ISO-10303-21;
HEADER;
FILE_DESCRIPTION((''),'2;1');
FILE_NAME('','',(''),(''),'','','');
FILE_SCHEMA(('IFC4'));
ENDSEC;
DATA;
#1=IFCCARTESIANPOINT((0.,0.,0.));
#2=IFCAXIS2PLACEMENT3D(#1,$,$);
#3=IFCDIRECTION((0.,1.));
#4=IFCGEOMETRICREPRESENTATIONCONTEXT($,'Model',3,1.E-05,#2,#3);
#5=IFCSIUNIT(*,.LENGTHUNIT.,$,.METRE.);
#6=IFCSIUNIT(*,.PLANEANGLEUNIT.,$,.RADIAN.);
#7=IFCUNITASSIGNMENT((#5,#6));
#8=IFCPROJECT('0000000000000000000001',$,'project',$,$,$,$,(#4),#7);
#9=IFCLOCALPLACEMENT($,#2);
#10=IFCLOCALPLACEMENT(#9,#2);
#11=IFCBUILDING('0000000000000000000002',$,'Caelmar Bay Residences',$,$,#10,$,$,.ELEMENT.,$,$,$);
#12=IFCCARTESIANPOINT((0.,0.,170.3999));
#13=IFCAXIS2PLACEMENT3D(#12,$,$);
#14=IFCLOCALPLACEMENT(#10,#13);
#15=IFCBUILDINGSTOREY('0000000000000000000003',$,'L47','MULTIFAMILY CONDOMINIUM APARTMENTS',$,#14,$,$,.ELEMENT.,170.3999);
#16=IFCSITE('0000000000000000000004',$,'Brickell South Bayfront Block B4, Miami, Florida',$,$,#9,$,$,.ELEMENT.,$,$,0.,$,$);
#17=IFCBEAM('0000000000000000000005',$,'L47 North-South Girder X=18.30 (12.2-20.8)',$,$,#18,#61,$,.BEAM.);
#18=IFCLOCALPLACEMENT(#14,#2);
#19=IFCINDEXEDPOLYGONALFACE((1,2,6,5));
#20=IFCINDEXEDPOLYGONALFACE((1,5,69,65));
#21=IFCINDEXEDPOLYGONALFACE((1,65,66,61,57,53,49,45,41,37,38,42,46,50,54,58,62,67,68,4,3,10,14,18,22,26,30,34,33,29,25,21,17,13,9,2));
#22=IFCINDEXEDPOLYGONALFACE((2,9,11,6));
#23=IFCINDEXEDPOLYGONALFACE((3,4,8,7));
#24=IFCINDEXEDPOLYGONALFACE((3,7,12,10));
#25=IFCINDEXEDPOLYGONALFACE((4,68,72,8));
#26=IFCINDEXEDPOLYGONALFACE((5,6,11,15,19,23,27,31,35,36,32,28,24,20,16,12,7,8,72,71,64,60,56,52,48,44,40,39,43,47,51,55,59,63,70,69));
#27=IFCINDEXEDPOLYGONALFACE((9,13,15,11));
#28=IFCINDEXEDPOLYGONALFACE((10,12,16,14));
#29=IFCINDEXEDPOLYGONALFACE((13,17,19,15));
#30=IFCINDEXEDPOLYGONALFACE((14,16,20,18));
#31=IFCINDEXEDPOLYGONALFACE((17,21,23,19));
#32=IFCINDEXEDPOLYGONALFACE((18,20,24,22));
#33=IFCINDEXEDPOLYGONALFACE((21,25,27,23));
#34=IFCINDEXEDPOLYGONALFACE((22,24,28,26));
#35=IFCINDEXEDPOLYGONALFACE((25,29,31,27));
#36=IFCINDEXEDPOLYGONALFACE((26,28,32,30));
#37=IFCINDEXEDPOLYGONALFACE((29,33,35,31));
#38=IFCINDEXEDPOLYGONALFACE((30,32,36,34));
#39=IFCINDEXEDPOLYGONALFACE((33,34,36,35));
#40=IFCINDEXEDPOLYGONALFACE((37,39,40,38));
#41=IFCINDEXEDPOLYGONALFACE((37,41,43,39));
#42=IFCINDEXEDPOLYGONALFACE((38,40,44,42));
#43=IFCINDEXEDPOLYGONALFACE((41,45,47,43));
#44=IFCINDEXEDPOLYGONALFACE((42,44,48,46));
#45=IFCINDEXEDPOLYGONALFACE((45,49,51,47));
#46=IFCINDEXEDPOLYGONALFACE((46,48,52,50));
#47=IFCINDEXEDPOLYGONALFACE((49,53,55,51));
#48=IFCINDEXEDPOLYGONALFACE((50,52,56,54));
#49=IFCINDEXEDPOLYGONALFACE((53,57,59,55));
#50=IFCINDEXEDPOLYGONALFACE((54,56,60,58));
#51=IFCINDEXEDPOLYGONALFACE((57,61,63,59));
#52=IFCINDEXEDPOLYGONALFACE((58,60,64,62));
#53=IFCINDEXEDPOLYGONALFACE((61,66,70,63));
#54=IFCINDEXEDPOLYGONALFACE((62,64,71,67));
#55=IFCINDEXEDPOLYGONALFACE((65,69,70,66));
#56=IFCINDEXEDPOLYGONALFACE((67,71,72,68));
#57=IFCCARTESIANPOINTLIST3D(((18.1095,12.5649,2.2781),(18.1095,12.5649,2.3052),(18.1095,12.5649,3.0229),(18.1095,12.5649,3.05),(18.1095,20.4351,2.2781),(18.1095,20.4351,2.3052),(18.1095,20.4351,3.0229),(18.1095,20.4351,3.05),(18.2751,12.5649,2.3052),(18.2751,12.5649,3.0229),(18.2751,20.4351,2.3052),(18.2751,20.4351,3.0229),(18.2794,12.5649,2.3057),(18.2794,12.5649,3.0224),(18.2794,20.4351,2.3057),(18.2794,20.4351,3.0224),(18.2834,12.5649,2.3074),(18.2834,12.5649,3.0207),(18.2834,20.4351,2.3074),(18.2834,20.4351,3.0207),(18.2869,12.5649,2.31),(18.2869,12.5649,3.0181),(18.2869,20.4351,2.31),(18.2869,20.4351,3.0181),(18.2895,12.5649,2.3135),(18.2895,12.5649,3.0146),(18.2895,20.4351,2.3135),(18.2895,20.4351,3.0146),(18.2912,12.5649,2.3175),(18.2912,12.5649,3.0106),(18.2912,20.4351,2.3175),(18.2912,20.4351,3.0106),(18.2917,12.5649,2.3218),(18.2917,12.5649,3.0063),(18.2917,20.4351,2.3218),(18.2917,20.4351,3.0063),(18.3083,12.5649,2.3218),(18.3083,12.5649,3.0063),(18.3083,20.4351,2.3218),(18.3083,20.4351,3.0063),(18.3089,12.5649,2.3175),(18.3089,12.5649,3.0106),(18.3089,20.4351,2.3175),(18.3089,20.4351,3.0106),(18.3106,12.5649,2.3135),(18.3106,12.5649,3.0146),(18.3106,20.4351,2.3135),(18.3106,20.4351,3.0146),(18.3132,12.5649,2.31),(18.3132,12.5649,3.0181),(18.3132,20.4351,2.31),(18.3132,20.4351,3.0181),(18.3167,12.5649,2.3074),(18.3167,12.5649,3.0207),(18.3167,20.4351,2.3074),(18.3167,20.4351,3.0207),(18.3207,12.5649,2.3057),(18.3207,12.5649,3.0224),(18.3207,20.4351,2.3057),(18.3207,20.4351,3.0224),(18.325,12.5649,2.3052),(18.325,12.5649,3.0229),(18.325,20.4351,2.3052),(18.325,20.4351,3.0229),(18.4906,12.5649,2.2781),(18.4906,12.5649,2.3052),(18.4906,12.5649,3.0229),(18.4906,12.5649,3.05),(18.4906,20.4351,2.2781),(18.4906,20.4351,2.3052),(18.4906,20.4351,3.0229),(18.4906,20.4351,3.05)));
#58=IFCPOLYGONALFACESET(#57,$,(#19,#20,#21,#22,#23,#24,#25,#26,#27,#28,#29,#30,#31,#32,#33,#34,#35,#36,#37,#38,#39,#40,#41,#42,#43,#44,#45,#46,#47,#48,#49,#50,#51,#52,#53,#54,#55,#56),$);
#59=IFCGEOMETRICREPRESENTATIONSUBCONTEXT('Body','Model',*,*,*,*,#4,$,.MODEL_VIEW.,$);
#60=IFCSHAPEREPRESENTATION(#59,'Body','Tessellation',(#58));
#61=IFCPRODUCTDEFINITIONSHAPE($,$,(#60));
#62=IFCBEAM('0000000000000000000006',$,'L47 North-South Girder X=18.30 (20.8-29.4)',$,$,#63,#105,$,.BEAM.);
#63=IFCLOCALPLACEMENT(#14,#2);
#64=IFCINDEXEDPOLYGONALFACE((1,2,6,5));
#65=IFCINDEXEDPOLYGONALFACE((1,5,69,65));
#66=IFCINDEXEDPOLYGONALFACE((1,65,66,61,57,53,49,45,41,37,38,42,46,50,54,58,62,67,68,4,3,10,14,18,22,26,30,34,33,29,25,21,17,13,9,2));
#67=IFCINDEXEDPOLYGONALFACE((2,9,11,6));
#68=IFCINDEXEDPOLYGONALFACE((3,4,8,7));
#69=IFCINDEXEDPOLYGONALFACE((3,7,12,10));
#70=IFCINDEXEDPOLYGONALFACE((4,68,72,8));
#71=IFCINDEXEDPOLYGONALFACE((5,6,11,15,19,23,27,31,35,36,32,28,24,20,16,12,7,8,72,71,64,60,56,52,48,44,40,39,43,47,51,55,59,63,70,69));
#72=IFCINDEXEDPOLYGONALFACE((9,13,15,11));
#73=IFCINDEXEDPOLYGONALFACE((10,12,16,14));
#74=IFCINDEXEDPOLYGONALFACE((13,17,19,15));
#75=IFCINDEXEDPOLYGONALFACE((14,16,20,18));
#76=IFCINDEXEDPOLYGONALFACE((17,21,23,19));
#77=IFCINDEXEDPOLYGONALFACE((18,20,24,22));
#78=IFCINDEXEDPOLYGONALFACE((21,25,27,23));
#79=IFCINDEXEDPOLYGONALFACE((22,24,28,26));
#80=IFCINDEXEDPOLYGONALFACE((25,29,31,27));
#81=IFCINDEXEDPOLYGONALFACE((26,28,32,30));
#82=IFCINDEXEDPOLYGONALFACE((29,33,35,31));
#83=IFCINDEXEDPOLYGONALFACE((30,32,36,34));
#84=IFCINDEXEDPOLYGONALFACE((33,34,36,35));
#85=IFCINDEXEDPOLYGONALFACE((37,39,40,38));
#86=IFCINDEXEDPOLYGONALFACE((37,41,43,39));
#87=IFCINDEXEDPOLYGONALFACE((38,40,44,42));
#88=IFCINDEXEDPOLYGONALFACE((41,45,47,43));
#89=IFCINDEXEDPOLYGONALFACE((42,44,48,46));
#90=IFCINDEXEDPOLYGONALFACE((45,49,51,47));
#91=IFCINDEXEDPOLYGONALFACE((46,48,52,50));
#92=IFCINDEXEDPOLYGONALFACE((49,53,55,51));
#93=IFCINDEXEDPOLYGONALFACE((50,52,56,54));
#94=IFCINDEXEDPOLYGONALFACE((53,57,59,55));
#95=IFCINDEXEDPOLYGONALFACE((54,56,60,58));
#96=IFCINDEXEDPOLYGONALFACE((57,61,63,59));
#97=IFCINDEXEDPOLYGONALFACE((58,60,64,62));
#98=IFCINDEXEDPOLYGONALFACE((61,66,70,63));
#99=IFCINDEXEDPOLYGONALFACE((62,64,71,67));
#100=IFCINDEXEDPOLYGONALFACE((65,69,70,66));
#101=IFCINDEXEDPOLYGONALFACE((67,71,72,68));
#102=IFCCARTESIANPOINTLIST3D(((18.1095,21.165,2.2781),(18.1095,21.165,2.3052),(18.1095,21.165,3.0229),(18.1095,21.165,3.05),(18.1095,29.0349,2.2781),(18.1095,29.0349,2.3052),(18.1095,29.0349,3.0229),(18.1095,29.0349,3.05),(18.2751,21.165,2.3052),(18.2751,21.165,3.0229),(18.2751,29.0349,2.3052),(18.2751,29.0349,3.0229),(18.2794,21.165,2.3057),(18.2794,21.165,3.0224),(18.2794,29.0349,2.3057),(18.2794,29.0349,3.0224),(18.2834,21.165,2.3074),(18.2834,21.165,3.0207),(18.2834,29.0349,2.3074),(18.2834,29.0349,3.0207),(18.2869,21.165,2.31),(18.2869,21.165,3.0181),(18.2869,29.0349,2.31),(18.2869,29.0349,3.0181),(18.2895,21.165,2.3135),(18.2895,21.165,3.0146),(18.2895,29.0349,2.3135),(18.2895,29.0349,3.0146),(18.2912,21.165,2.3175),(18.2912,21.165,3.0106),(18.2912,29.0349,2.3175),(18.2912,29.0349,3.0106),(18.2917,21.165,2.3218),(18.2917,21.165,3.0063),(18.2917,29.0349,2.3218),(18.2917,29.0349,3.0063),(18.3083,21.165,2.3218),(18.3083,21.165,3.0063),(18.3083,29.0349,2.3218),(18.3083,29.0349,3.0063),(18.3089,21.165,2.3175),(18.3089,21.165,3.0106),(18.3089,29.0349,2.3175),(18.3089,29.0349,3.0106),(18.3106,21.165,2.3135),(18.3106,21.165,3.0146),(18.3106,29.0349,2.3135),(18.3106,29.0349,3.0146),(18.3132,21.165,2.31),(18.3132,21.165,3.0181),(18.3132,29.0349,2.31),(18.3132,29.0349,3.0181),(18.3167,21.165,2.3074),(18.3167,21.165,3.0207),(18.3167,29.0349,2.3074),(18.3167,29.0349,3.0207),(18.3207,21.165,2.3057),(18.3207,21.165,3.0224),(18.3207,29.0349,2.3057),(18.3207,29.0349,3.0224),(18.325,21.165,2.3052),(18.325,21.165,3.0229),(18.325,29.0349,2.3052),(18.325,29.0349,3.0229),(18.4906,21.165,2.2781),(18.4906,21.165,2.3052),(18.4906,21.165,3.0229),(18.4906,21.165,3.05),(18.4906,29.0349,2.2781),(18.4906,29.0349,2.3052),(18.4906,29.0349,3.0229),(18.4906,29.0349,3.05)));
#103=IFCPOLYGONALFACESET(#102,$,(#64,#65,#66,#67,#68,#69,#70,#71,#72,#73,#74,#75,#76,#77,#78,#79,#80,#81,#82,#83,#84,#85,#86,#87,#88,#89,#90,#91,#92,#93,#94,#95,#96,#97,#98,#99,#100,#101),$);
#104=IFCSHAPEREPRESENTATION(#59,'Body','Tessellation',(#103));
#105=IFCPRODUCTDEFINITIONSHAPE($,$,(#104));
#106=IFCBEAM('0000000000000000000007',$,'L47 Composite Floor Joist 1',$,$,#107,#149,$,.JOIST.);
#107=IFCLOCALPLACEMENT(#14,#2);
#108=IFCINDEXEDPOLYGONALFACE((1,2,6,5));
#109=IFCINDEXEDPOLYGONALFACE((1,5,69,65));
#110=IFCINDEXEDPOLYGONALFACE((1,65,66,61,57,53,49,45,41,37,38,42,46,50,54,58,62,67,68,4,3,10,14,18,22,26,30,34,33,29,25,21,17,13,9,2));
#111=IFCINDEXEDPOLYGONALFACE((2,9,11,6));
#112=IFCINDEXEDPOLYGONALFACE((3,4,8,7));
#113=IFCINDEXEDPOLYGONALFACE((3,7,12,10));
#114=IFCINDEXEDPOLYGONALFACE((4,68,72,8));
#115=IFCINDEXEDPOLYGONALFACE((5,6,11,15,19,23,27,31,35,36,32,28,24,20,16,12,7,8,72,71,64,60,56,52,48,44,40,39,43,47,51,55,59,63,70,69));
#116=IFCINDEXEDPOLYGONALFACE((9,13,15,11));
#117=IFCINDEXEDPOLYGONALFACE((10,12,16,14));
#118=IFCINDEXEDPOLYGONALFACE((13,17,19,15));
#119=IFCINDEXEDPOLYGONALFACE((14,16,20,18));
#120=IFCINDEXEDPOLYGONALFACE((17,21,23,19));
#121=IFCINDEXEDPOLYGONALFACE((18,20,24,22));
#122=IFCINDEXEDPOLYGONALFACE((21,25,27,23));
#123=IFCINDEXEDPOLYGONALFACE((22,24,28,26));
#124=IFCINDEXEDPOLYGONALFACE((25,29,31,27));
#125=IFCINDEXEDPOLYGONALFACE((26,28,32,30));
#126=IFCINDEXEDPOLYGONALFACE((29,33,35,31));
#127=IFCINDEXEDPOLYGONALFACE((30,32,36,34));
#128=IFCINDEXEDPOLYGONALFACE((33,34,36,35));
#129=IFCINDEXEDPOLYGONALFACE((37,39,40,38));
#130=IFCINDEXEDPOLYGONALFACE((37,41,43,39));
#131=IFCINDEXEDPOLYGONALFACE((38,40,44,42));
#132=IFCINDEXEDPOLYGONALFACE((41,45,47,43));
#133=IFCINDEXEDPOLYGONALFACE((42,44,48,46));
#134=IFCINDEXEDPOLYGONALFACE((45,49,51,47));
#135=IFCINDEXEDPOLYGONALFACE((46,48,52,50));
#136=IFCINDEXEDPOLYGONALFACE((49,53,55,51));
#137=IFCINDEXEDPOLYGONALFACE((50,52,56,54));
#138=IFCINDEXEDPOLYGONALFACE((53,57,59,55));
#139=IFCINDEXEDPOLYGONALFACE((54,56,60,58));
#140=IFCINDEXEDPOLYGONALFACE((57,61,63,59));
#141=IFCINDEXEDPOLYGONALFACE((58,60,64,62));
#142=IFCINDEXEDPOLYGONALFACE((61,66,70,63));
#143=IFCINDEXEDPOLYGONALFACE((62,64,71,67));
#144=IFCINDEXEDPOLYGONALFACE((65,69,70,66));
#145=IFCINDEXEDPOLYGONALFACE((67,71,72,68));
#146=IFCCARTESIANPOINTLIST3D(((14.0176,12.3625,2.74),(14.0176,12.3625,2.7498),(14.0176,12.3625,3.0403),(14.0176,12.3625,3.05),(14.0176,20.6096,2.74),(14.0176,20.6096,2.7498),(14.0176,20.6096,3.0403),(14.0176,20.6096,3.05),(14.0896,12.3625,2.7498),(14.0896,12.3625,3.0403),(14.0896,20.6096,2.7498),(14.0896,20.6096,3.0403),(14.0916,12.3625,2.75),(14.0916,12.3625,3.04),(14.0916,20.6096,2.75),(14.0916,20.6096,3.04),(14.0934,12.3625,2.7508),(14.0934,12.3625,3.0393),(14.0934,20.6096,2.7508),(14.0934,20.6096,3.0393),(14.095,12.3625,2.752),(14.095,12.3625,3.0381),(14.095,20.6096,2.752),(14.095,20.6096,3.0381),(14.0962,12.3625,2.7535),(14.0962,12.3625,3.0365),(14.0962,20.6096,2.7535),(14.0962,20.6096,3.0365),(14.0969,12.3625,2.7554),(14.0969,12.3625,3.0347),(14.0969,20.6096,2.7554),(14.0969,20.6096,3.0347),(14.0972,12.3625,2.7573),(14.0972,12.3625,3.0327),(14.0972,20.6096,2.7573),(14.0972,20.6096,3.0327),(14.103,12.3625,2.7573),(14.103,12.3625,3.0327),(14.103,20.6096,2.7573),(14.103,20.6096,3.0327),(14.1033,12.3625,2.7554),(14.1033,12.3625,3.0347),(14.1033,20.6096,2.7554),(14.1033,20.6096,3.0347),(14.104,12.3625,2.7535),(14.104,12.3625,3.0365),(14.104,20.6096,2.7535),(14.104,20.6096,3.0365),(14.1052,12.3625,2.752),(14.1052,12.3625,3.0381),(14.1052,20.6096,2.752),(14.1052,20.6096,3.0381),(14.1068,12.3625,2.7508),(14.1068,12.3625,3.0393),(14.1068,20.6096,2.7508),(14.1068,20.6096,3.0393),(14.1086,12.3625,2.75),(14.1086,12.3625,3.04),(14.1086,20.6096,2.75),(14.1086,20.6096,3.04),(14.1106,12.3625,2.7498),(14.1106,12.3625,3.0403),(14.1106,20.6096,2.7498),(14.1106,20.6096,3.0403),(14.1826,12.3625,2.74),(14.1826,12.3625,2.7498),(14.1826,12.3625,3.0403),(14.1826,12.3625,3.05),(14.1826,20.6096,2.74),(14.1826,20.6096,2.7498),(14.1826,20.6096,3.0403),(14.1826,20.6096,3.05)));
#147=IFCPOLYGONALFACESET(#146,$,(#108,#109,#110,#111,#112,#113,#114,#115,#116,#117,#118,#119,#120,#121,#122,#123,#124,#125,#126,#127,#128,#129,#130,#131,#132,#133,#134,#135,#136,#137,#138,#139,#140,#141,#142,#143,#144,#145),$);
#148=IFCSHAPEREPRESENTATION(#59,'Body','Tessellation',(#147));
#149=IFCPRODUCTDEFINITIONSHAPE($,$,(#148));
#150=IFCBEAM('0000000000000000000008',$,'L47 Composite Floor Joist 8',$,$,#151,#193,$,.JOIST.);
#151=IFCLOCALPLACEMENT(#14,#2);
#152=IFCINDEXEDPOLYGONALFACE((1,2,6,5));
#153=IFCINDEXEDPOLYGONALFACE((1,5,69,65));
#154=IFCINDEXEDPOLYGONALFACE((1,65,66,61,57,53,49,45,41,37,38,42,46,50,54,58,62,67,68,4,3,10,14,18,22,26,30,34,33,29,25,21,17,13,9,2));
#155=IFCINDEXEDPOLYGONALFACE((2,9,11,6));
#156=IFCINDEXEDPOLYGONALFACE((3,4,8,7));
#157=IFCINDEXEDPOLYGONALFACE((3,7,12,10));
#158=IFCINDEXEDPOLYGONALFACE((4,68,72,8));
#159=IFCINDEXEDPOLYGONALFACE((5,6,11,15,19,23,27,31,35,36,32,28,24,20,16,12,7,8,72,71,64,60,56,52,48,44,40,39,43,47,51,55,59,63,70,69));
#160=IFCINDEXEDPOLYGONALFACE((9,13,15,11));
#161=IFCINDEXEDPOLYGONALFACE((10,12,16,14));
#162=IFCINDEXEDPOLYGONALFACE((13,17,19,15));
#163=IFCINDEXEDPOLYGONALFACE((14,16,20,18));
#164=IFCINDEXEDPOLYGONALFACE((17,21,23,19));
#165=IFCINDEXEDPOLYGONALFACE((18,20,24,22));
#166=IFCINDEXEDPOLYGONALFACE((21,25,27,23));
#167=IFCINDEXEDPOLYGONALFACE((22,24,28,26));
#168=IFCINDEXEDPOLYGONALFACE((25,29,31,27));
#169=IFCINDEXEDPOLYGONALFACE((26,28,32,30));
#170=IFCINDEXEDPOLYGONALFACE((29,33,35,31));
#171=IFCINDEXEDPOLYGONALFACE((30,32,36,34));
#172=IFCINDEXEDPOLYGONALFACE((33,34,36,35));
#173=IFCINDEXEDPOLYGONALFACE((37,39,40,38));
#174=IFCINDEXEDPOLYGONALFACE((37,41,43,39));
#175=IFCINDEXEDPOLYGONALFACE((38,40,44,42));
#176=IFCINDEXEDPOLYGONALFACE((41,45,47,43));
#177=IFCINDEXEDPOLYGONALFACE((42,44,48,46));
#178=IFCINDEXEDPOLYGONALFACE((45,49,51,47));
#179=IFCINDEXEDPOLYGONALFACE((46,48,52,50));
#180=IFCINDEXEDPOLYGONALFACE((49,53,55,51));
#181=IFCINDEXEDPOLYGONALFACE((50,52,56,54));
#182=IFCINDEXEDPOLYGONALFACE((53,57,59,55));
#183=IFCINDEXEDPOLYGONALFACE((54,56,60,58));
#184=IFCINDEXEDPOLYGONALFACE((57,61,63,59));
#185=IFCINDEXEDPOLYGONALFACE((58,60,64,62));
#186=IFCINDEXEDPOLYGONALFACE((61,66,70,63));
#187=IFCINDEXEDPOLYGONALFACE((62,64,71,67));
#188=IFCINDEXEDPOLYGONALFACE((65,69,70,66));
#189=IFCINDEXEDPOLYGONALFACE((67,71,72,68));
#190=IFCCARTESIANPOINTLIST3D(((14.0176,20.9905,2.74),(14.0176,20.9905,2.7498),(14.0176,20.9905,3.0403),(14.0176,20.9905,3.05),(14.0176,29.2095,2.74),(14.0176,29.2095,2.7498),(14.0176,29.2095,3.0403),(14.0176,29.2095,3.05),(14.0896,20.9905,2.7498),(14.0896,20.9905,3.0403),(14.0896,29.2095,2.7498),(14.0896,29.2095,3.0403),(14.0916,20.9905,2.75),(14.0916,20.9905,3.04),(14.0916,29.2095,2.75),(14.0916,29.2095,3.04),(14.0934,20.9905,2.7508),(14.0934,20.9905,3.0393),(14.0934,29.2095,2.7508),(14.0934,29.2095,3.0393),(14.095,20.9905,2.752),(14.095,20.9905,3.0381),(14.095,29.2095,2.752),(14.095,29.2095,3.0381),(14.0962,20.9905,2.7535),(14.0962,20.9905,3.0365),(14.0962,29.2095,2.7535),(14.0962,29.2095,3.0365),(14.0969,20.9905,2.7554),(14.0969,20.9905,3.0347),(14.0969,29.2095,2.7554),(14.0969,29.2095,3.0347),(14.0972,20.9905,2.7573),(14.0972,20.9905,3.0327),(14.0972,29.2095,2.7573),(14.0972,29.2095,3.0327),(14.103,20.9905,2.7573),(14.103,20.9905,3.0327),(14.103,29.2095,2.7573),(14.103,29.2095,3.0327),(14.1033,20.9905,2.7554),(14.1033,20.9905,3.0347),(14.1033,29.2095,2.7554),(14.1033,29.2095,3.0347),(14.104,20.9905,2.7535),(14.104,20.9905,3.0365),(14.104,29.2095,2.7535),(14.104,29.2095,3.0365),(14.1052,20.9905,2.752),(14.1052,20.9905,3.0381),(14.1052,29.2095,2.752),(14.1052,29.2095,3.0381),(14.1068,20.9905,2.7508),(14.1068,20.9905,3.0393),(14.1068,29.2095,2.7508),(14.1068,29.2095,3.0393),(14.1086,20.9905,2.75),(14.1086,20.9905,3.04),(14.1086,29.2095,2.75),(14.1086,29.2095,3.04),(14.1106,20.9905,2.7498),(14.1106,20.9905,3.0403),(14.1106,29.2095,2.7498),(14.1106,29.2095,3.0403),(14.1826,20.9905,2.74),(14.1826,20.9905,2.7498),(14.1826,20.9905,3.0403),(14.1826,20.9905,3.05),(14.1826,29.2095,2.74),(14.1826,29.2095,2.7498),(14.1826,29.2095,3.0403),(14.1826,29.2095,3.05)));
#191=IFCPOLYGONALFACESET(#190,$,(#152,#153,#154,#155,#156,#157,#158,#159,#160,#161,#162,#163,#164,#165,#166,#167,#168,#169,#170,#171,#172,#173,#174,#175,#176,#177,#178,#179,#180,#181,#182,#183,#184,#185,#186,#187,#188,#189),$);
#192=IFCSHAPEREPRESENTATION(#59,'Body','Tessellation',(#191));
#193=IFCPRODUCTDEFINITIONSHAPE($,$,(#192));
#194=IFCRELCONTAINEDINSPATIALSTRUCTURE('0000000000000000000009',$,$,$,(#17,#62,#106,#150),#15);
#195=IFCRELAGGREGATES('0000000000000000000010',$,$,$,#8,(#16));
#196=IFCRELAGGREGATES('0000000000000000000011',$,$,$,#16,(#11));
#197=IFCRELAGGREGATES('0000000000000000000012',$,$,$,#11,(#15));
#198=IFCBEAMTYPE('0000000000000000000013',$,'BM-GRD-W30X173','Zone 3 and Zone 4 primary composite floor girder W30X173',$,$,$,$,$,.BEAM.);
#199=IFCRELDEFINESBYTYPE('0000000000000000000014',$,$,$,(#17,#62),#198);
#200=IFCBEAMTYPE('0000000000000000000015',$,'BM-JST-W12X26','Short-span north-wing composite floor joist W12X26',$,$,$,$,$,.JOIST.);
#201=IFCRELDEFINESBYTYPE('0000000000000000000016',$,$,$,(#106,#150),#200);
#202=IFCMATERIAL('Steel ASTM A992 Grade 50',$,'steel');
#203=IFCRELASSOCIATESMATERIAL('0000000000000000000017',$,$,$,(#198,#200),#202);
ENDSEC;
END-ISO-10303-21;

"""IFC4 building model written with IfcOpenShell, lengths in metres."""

from ifc_helpers import new_model, si_unit, direction, frame, origin, origin_2d, place, context, subcontext, project, spatial, i_section, extrude, material, material_profile, profile_set, type_object, element, save


model = new_model("IFC4")

# Units and contexts
model_context = context("Model", 3, precision=1e-05, world=origin(), true_north=direction((0.0, 1.0)))
body_context = subcontext(model_context, "Body", "Model", "MODEL_VIEW")
ifc_project = project(units=[si_unit("LENGTHUNIT", "METRE"), si_unit("PLANEANGLEUNIT", "RADIAN")], contexts=[model_context])

# Site, building, storey
site_placement = place(None, origin())
site = spatial("IfcSite", under=ifc_project, at=site_placement, Name="Brickell South Bayfront Block B4, Miami, Florida", CompositionType="ELEMENT", RefElevation=0.0)
building_placement = place(site_placement, origin())
building = spatial("IfcBuilding", under=site, at=building_placement, Name="Caelmar Bay Residences", CompositionType="ELEMENT")
storey_placement = place(building_placement, frame((0.0, 0.0, 170.3999)))
storey = spatial("IfcBuildingStorey", under=building, at=storey_placement, Name="L47", Description="MULTIFAMILY CONDOMINIUM APARTMENTS", CompositionType="ELEMENT", Elevation=170.3999)

# Beams
ifc_material_1 = material(Name="Steel ASTM A992 Grade 50", Category="steel")
ifc_material_profile_1 = material_profile(ifc_material_1, i_section(OverallWidth=0.3811, OverallDepth=0.772, WebThickness=0.0166, FlangeThickness=0.0271, FilletRadius=0.0166, at=origin_2d()), Name="W30X173")
ifc_profile_set_1 = profile_set([ifc_material_profile_1], Name="Steel ASTM A992 Grade 50")
beam_type_1 = type_object("IfcBeamType", Name="BM-GRD-W30X173", Description="Zone 3 and Zone 4 primary composite floor girder W30X173", PredefinedType="BEAM", material=ifc_profile_set_1)
beam_1_placement = place(storey_placement, frame((18.3, 12.5649, 2.6641), z_axis=(0.0, 1.0, 0.0), x_axis=(-1.0, 0.0, 0.0)))
element("IfcBeam", 1, at=beam_1_placement, inside=storey, type_object=beam_type_1, Name="L47 North-South Girder X=18.30 (12.2-20.8)", PredefinedType="BEAM", context=body_context, shape_type="SweptSolid", body=[
    extrude(i_section(OverallWidth=0.3811, OverallDepth=0.772, WebThickness=0.0166, FlangeThickness=0.0271, FilletRadius=0.0166, at=origin_2d()), origin(), (0.0, 0.0, 1.0), 7.8701),
])
beam_2_placement = place(storey_placement, frame((18.3, 21.165, 2.6641), z_axis=(0.0, 1.0, 0.0), x_axis=(-1.0, 0.0, 0.0)))
element("IfcBeam", 2, at=beam_2_placement, inside=storey, type_object=beam_type_1, Name="L47 North-South Girder X=18.30 (20.8-29.4)", PredefinedType="BEAM", context=body_context, shape_type="SweptSolid", body=[
    extrude(i_section(OverallWidth=0.3811, OverallDepth=0.772, WebThickness=0.0166, FlangeThickness=0.0271, FilletRadius=0.0166, at=origin_2d()), origin(), (0.0, 0.0, 1.0), 7.8699),
])
ifc_material_profile_2 = material_profile(ifc_material_1, i_section(OverallWidth=0.165, OverallDepth=0.3101, WebThickness=0.0059, FlangeThickness=0.0098, FilletRadius=0.0076, at=origin_2d()), Name="W12X26")
ifc_profile_set_2 = profile_set([ifc_material_profile_2], Name="Steel ASTM A992 Grade 50")
beam_type_2 = type_object("IfcBeamType", Name="BM-JST-W12X26", Description="Short-span north-wing composite floor joist W12X26", PredefinedType="JOIST", material=ifc_profile_set_2)
beam_3_placement = place(storey_placement, frame((14.1001, 12.3625, 2.895), z_axis=(0.0, 1.0, 0.0), x_axis=(-1.0, 0.0, 0.0)))
element("IfcBeam", 3, at=beam_3_placement, inside=storey, type_object=beam_type_2, Name="L47 Composite Floor Joist 1", PredefinedType="JOIST", context=body_context, shape_type="SweptSolid", body=[
    extrude(i_section(OverallWidth=0.165, OverallDepth=0.3101, WebThickness=0.0059, FlangeThickness=0.0098, FilletRadius=0.0076, at=origin_2d()), origin(), (0.0, 0.0, 1.0), 8.2471),
])
beam_4_placement = place(storey_placement, frame((14.1001, 20.9905, 2.895), z_axis=(0.0, 1.0, 0.0), x_axis=(-1.0, 0.0, 0.0)))
element("IfcBeam", 4, at=beam_4_placement, inside=storey, type_object=beam_type_2, Name="L47 Composite Floor Joist 8", PredefinedType="JOIST", context=body_context, shape_type="SweptSolid", body=[
    extrude(i_section(OverallWidth=0.165, OverallDepth=0.3101, WebThickness=0.0059, FlangeThickness=0.0098, FilletRadius=0.0076, at=origin_2d()), origin(), (0.0, 0.0, 1.0), 8.219),
])

save(model, "model.ifc")
